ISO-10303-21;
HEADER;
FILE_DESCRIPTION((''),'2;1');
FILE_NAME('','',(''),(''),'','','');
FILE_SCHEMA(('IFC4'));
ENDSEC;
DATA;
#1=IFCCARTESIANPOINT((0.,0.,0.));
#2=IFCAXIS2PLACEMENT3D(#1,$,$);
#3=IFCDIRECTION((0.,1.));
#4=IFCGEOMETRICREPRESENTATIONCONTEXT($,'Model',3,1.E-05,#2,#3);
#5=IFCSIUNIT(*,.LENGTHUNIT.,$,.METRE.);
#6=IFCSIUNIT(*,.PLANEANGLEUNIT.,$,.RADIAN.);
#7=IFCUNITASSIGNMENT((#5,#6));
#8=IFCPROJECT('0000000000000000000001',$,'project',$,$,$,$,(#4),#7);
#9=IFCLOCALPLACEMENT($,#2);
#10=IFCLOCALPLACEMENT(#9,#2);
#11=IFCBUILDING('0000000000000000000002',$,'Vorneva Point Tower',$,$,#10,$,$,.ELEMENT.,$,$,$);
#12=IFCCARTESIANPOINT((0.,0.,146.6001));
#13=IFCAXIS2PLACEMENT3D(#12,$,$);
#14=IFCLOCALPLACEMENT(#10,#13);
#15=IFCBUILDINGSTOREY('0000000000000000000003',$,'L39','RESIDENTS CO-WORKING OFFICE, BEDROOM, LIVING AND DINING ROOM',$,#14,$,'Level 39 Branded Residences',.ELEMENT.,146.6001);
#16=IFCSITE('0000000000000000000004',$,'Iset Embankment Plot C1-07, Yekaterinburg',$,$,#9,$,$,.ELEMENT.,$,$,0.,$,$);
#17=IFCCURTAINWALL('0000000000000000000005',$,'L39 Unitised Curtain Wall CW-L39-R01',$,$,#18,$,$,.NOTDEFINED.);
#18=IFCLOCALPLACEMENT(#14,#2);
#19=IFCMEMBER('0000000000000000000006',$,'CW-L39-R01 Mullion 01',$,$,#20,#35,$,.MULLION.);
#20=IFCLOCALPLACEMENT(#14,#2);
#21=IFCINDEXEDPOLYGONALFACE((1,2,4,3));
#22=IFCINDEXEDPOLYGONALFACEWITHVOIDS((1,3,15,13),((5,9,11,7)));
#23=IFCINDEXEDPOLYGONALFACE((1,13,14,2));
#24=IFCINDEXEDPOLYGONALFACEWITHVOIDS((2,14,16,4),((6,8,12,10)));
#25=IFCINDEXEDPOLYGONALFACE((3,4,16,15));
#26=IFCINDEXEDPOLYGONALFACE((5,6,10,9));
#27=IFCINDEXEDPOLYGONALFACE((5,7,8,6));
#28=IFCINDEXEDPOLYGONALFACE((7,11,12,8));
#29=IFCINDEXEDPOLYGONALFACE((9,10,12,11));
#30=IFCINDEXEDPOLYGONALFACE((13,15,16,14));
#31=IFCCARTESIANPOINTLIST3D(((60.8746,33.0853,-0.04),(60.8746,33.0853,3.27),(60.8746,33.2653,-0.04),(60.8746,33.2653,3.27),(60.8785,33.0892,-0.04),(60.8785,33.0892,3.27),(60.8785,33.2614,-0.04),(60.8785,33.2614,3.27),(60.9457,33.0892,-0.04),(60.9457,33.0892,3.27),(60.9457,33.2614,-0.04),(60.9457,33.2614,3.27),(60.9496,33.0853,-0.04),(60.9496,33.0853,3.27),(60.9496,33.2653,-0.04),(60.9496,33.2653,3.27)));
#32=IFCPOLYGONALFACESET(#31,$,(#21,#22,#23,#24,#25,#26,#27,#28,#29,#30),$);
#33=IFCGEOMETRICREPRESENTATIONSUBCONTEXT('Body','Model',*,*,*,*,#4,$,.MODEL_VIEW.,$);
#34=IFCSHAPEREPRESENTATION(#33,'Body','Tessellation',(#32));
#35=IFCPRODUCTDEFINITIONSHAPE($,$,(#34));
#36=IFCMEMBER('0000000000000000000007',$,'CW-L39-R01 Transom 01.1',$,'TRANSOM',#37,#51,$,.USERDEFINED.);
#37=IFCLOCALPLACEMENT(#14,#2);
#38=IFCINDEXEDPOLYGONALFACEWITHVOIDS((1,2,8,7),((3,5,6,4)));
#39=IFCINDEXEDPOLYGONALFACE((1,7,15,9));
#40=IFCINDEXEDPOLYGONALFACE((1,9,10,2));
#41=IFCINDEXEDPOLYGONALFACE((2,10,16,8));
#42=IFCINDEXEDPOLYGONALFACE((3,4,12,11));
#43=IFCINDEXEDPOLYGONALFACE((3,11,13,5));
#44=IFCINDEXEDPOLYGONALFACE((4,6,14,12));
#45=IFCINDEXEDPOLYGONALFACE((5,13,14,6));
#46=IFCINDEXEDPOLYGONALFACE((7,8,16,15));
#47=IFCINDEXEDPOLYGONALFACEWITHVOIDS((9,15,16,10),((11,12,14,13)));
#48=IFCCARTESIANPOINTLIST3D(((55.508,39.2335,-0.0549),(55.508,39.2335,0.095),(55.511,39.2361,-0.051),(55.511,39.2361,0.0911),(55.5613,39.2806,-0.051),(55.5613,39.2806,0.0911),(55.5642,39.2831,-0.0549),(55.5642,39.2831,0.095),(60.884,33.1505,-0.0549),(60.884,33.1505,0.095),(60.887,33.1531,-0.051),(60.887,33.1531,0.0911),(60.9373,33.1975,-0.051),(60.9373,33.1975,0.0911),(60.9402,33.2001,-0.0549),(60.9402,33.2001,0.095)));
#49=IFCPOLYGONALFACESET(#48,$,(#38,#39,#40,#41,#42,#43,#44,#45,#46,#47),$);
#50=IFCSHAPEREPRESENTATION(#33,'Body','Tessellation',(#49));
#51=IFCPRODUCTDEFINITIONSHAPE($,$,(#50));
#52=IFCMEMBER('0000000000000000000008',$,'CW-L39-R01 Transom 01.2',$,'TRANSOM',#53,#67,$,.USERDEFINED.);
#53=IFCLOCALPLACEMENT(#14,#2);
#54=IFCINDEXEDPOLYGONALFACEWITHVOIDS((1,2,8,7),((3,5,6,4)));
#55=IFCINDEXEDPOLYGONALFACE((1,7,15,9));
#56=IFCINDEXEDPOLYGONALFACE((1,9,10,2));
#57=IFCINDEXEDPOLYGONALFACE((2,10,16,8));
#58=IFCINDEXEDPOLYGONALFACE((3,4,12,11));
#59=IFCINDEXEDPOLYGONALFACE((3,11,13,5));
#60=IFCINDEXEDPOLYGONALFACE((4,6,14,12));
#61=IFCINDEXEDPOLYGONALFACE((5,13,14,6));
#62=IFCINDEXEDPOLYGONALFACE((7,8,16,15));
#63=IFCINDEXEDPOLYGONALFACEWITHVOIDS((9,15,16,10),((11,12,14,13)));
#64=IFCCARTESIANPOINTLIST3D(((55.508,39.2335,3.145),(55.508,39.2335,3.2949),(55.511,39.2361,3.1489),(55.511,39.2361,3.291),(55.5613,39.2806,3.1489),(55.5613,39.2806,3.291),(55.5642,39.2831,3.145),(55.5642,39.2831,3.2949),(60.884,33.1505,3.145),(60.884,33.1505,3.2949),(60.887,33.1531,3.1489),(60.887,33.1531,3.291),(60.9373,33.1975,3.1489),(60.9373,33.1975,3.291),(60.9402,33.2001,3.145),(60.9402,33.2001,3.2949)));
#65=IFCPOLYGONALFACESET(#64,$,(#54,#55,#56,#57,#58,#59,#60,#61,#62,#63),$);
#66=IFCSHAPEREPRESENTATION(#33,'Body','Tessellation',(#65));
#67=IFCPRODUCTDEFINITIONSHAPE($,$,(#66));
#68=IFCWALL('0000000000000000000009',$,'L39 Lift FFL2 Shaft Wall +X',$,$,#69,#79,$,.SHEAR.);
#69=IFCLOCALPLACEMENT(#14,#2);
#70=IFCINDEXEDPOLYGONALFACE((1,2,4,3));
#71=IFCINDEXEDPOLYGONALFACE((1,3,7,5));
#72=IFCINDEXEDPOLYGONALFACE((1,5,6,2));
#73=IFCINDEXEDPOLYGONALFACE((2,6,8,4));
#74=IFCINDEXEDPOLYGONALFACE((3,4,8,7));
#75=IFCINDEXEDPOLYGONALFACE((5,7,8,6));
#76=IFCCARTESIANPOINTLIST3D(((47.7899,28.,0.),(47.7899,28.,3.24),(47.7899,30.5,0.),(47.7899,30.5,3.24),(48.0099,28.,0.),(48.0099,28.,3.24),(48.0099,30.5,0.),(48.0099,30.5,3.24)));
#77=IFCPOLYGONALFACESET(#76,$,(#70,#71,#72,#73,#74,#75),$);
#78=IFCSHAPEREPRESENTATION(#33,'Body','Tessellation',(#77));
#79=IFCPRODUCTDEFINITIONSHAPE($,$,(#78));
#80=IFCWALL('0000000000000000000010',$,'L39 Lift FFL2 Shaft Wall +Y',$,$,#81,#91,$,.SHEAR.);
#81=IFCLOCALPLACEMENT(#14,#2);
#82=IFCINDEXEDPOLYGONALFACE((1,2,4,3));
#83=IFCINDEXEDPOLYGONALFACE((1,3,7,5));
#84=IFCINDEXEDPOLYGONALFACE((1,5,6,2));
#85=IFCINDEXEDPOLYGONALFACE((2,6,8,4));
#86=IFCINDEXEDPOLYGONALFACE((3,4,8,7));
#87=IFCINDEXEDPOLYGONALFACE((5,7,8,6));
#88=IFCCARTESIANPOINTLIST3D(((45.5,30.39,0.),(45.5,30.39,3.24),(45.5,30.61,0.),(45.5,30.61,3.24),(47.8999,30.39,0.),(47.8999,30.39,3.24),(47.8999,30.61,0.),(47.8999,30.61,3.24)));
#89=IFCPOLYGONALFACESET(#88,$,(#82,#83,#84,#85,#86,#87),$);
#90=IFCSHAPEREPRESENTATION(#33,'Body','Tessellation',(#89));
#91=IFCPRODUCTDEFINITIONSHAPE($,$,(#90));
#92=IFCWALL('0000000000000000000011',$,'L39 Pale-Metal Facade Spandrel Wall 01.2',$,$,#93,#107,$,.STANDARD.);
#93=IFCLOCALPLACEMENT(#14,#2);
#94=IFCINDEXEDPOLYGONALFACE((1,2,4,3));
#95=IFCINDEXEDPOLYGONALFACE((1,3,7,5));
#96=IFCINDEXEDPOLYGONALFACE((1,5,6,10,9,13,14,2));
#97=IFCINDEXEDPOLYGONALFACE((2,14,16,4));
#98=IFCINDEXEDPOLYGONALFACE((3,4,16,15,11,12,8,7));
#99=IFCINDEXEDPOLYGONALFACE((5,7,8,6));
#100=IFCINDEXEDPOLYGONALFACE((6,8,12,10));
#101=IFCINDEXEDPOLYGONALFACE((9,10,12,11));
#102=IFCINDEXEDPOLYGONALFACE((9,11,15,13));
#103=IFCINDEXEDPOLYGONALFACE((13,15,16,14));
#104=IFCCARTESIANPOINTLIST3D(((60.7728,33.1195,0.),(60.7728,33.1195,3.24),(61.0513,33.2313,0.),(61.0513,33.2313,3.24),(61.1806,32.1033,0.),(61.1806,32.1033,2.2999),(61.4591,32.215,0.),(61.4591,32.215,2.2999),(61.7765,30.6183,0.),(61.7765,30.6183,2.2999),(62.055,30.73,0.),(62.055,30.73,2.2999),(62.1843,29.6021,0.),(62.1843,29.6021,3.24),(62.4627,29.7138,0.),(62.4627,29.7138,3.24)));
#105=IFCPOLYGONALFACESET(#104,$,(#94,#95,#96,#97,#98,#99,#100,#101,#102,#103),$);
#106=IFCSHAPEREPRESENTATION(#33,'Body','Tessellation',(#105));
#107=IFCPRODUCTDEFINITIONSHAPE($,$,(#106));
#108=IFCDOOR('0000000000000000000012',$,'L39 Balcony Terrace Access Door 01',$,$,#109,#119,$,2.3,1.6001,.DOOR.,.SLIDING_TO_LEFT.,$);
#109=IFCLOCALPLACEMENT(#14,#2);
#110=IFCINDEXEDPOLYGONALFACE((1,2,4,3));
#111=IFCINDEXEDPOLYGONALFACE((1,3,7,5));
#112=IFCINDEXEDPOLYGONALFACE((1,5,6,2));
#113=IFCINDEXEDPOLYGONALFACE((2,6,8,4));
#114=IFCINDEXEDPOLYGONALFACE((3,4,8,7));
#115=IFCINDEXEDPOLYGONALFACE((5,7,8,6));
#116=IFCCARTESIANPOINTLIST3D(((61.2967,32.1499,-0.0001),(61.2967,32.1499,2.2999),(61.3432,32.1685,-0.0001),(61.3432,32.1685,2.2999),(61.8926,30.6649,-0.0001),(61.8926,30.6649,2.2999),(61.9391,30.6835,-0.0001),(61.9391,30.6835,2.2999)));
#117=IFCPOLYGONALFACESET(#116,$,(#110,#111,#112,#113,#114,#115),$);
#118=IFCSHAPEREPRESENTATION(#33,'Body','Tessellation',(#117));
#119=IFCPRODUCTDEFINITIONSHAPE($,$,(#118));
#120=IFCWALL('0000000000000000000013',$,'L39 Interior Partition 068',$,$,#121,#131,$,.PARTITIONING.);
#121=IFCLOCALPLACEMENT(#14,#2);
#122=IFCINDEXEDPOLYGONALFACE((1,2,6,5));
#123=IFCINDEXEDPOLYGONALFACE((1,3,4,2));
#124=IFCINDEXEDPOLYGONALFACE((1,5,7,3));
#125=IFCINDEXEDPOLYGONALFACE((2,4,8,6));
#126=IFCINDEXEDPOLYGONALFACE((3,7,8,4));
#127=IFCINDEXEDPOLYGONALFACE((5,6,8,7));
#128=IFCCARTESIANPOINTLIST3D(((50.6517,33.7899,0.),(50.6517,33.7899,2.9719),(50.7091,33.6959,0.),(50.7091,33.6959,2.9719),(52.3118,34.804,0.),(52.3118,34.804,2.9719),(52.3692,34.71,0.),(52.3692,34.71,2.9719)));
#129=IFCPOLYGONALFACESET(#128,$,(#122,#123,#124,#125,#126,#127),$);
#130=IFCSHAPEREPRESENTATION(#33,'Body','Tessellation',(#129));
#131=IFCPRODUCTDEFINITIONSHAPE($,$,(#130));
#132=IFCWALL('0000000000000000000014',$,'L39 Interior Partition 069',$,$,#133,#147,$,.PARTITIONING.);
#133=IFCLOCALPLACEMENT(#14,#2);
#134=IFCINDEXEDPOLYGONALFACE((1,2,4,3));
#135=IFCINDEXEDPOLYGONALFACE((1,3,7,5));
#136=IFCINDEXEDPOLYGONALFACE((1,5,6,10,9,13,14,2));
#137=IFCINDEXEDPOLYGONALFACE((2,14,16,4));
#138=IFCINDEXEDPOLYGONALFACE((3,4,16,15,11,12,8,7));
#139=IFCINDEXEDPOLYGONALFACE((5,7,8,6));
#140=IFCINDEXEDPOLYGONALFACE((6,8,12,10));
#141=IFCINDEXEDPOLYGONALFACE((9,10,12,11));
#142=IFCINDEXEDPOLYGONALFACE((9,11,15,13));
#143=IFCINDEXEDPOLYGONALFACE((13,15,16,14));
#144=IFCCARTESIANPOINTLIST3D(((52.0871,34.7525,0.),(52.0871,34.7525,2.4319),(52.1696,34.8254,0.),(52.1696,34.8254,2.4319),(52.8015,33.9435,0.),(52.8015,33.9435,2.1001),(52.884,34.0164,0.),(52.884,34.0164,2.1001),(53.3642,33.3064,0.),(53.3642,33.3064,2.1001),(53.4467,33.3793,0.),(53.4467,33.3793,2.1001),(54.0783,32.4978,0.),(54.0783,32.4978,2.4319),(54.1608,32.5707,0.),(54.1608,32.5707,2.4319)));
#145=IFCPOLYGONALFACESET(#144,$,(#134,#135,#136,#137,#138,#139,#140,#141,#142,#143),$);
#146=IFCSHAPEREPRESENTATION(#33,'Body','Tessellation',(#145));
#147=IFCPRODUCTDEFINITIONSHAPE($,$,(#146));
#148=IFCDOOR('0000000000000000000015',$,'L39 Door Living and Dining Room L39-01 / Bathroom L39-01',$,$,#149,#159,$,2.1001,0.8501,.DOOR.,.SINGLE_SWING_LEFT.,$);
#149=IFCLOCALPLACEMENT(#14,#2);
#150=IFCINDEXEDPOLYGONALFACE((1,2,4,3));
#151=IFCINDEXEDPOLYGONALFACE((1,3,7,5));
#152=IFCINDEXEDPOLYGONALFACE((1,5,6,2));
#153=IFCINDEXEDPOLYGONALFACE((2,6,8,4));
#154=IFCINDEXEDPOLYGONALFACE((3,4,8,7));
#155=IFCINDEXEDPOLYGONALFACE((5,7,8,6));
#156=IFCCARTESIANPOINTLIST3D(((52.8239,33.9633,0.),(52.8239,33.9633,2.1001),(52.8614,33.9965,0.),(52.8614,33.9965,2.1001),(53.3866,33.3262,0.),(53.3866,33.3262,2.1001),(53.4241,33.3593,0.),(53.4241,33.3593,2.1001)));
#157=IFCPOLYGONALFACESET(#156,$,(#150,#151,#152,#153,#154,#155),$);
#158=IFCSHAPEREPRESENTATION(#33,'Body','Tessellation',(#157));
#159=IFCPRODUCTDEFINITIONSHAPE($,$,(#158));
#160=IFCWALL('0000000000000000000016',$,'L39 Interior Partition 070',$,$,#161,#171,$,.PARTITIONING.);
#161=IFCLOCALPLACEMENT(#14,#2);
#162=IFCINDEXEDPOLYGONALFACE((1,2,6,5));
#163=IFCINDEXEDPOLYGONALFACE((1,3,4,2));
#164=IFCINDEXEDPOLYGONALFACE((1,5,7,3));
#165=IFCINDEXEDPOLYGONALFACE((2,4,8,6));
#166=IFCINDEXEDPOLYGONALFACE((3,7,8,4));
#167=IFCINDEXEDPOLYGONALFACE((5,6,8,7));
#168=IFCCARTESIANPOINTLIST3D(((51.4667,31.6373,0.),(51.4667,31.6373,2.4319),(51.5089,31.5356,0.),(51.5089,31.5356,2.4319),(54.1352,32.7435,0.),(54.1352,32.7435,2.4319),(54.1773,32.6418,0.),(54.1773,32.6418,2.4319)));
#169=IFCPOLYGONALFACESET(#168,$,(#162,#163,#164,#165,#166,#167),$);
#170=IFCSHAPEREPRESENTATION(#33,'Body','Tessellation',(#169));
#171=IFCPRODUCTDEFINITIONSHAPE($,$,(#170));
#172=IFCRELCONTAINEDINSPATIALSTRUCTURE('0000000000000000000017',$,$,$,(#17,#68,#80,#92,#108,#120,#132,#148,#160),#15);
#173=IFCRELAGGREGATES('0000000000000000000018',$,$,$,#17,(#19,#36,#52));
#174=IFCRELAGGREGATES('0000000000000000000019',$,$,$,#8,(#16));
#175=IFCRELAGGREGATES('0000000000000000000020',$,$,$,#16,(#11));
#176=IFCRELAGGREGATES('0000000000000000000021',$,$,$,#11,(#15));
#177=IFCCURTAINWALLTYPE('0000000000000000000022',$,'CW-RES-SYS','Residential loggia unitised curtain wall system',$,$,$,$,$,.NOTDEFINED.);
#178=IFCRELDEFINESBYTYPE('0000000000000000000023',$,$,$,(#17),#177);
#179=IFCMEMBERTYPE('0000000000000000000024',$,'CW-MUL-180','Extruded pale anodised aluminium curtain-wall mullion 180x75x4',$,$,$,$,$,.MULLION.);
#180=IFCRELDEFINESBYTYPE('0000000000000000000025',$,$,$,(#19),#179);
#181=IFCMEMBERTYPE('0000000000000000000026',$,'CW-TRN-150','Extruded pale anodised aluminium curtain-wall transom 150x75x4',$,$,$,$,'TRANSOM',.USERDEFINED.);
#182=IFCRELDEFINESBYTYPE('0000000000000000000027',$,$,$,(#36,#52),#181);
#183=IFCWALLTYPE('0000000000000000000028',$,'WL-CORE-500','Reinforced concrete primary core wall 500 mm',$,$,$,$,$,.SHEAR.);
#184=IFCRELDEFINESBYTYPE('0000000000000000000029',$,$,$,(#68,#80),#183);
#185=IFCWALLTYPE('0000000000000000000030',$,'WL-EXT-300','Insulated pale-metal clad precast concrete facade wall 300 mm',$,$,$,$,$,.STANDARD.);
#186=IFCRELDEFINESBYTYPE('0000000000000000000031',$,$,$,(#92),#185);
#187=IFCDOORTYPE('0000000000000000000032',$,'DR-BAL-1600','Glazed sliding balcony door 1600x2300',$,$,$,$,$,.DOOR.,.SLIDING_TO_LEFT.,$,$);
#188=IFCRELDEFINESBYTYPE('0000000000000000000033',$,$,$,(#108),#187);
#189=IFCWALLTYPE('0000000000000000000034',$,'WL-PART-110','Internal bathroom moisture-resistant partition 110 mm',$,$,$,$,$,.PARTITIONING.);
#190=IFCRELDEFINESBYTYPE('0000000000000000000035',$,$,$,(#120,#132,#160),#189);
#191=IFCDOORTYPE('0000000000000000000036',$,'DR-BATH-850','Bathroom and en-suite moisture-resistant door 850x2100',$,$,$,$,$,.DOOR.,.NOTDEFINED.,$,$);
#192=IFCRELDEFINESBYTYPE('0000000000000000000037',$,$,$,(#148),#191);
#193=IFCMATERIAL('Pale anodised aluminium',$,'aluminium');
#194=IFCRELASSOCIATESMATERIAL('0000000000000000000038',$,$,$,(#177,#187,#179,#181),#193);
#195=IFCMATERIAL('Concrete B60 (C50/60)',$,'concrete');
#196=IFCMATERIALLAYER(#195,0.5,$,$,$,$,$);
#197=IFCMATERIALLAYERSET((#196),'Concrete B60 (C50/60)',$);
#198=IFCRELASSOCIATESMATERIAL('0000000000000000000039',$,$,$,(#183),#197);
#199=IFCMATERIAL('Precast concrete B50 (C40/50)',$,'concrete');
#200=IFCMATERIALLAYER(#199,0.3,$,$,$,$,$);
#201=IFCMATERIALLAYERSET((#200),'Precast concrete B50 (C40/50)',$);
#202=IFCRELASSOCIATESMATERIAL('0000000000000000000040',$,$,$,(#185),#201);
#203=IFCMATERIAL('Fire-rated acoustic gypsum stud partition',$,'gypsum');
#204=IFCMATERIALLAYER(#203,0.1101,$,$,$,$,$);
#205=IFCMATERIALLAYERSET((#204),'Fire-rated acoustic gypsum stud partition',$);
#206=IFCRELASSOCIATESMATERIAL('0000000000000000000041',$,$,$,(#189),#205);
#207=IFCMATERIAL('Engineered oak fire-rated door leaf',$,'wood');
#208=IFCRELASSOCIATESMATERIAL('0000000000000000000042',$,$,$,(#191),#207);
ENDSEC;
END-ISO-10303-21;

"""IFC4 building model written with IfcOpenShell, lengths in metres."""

from ifc_helpers import new_model, si_unit, direction, frame, frame_2d, origin, origin_2d, place, context, subcontext, project, spatial, rectangle, hollow_rectangle, extrude, material, layer, layer_set, material_profile, profile_set, type_object, element, fill, aggregate, save


model = new_model("IFC4")

# Units and contexts
model_context = context("Model", 3, precision=1e-05, world=origin(), true_north=direction((0.0, 1.0)))
body_context = subcontext(model_context, "Body", "Model", "MODEL_VIEW")
ifc_project = project(units=[si_unit("LENGTHUNIT", "METRE"), si_unit("PLANEANGLEUNIT", "RADIAN")], contexts=[model_context])

# Site, building, storey
site_placement = place(None, origin())
site = spatial("IfcSite", under=ifc_project, at=site_placement, Name="Iset Embankment Plot C1-07, Yekaterinburg", CompositionType="ELEMENT", RefElevation=0.0)
building_placement = place(site_placement, origin())
building = spatial("IfcBuilding", under=site, at=building_placement, Name="Vorneva Point Tower", CompositionType="ELEMENT")
storey_placement = place(building_placement, frame((0.0, 0.0, 146.6001)))
storey = spatial("IfcBuildingStorey", under=building, at=storey_placement, Name="L39", Description="RESIDENTS CO-WORKING OFFICE, BEDROOM, LIVING AND DINING ROOM", LongName="Level 39 Branded Residences", CompositionType="ELEMENT", Elevation=146.6001)

# Shared definitions
ifc_material_1 = material(Name="Concrete B60 (C50/60)", Category="concrete")

# Curtain wall, members
ifc_material_2 = material(Name="Pale anodised aluminium", Category="aluminium")
curtain_wall_type = type_object("IfcCurtainWallType", Name="CW-RES-SYS", Description="Residential loggia unitised curtain wall system", PredefinedType="NOTDEFINED", material=ifc_material_2)
curtain_wall_placement = place(storey_placement, origin())
curtain_wall = element("IfcCurtainWall", 1, at=curtain_wall_placement, inside=storey, type_object=curtain_wall_type, Name="L39 Unitised Curtain Wall CW-L39-R01", PredefinedType="NOTDEFINED")
ifc_material_profile_1 = material_profile(ifc_material_2, hollow_rectangle(XDim=0.075, YDim=0.1799, WallThickness=0.0039, at=origin_2d()), Name="AL-MUL 180x75x4")
ifc_profile_set_1 = profile_set([ifc_material_profile_1], Name="Pale anodised aluminium")
member_type_1 = type_object("IfcMemberType", Name="CW-MUL-180", Description="Extruded pale anodised aluminium curtain-wall mullion 180x75x4", PredefinedType="MULLION", material=ifc_profile_set_1)
member_1_placement = place(storey_placement, frame((60.9121, 33.1753, -0.04), z_axis=(0.0, 0.0, 1.0), x_axis=(1.0, 0.0, 0.0)))
member_1 = element("IfcMember", 2, at=member_1_placement, type_object=member_type_1, Name="CW-L39-R01 Mullion 01", PredefinedType="MULLION", context=body_context, shape_type="SweptSolid", body=[
    extrude(hollow_rectangle(XDim=0.075, YDim=0.1799, WallThickness=0.0039, at=origin_2d()), origin(), (0.0, 0.0, 1.0), 3.3101),
])
ifc_material_profile_2 = material_profile(ifc_material_2, hollow_rectangle(XDim=0.075, YDim=0.1499, WallThickness=0.0039, at=origin_2d()), Name="AL-TRN 150x75x4")
ifc_profile_set_2 = profile_set([ifc_material_profile_2], Name="Pale anodised aluminium")
member_type_2 = type_object("IfcMemberType", Name="CW-TRN-150", Description="Extruded pale anodised aluminium curtain-wall transom 150x75x4", ElementType="TRANSOM", PredefinedType="USERDEFINED", material=ifc_profile_set_2)
member_2_placement = place(storey_placement, frame((60.9121, 33.1753, 0.02), z_axis=(-0.662218, 0.749311, 0.0), x_axis=(-0.749311, -0.662218, 0.0)))
member_2 = element("IfcMember", 3, at=member_2_placement, type_object=member_type_2, Name="CW-L39-R01 Transom 01.1", ObjectType="TRANSOM", PredefinedType="USERDEFINED", context=body_context, shape_type="SweptSolid", body=[
    extrude(hollow_rectangle(XDim=0.075, YDim=0.1499, WallThickness=0.0039, at=origin_2d()), origin(), (0.0, 0.0, 1.0), 8.1182),
])
member_3_placement = place(storey_placement, frame((60.9121, 33.1753, 3.22), z_axis=(-0.662218, 0.749311, 0.0), x_axis=(-0.749311, -0.662218, 0.0)))
member_3 = element("IfcMember", 4, at=member_3_placement, type_object=member_type_2, Name="CW-L39-R01 Transom 01.2", ObjectType="TRANSOM", PredefinedType="USERDEFINED", context=body_context, shape_type="SweptSolid", body=[
    extrude(hollow_rectangle(XDim=0.075, YDim=0.1499, WallThickness=0.0039, at=origin_2d()), origin(), (0.0, 0.0, 1.0), 8.1182),
])
aggregate(curtain_wall, [member_1, member_2, member_3])

# Walls
ifc_layer_1 = layer(ifc_material_1, 0.5)
ifc_layer_set_1 = layer_set([ifc_layer_1], Name="Concrete B60 (C50/60)")
wall_type_1 = type_object("IfcWallType", Name="WL-CORE-500", Description="Reinforced concrete primary core wall 500 mm", PredefinedType="SHEAR", material=ifc_layer_set_1)
wall_1_placement = place(storey_placement, frame((47.8999, 28.0, 0.0), z_axis=(0.0, 0.0, 1.0), x_axis=(0.0, 1.0, 0.0)))
element("IfcWall", 5, at=wall_1_placement, inside=storey, type_object=wall_type_1, Name="L39 Lift FFL2 Shaft Wall +X", PredefinedType="SHEAR", context=body_context, shape_type="SweptSolid", body=[
    extrude(rectangle(XDim=2.5, YDim=0.22, at=frame_2d((1.25, 0.0))), origin(), (0.0, 0.0, 1.0), 3.24),
])
wall_2_placement = place(storey_placement, frame((47.8999, 30.5, 0.0), z_axis=(0.0, 0.0, 1.0), x_axis=(-1.0, 0.0, 0.0)))
element("IfcWall", 6, at=wall_2_placement, inside=storey, type_object=wall_type_1, Name="L39 Lift FFL2 Shaft Wall +Y", PredefinedType="SHEAR", context=body_context, shape_type="SweptSolid", body=[
    extrude(rectangle(XDim=2.3999, YDim=0.22, at=frame_2d((1.2, 0.0))), origin(), (0.0, 0.0, 1.0), 3.24),
])

# Wall, opening, door
ifc_material_3 = material(Name="Precast concrete B50 (C40/50)", Category="concrete")
ifc_layer_2 = layer(ifc_material_3, 0.3)
ifc_layer_set_2 = layer_set([ifc_layer_2], Name="Precast concrete B50 (C40/50)")
wall_type_2 = type_object("IfcWallType", Name="WL-EXT-300", Description="Insulated pale-metal clad precast concrete facade wall 300 mm", PredefinedType="STANDARD", material=ifc_layer_set_2)
wall_3_placement = place(storey_placement, frame((62.3235, 29.658, 0.0), z_axis=(0.0, 0.0, 1.0), x_axis=(-0.372401, 0.928072, 0.0)))
wall_3 = element("IfcWall", 7, at=wall_3_placement, inside=storey, type_object=wall_type_2, Name="L39 Pale-Metal Facade Spandrel Wall 01.2", PredefinedType="STANDARD", context=body_context, shape_type="SweptSolid", body=[
    extrude(rectangle(XDim=3.79, YDim=0.3, at=frame_2d((1.895, 0.0))), origin(), (0.0, 0.0, 1.0), 3.24),
])
opening_1_placement = place(wall_3_placement, frame((1.095, 0.0, 0.0)))
opening_1 = element("IfcOpeningElement", 8, at=opening_1_placement, cuts=wall_3, PredefinedType="OPENING", context=body_context, shape_type="SweptSolid", body=[
    extrude(rectangle(XDim=1.6001, YDim=2.3, at=frame_2d((0.8, 1.1499))), frame((0.0, 0.165, 0.0), z_axis=(0.0, -1.0, 0.0), x_axis=(1.0, 0.0, 0.0)), (0.0, 0.0, 1.0), 0.3298),
])
door_type_1 = type_object("IfcDoorType", Name="DR-BAL-1600", Description="Glazed sliding balcony door 1600x2300", OperationType="SLIDING_TO_LEFT", PredefinedType="DOOR", material=ifc_material_2)
door_1_placement = place(opening_1_placement, origin())
door_1 = element("IfcDoor", 9, at=door_1_placement, inside=storey, type_object=door_type_1, Name="L39 Balcony Terrace Access Door 01", OperationType="SLIDING_TO_LEFT", OverallHeight=2.3, OverallWidth=1.6001, PredefinedType="DOOR", context=body_context, shape_type="SweptSolid", body=[
    extrude(rectangle(XDim=1.6001, YDim=2.3, at=frame_2d((0.8, 1.1499))), frame((0.0, 0.0249, 0.0), z_axis=(0.0, -1.0, 0.0), x_axis=(1.0, 0.0, 0.0)), (0.0, 0.0, 1.0), 0.05),
])
fill(opening_1, door_1)

# Wall
ifc_material_4 = material(Name="Fire-rated acoustic gypsum stud partition", Category="gypsum")
ifc_layer_3 = layer(ifc_material_4, 0.1101)
ifc_layer_set_3 = layer_set([ifc_layer_3], Name="Fire-rated acoustic gypsum stud partition")
wall_type_3 = type_object("IfcWallType", Name="WL-PART-110", Description="Internal bathroom moisture-resistant partition 110 mm", PredefinedType="PARTITIONING", material=ifc_layer_set_3)
wall_4_placement = place(storey_placement, frame((50.6804, 33.7429, 0.0), z_axis=(0.0, 0.0, 1.0), x_axis=(0.853369, 0.521308, 0.0)))
element("IfcWall", 10, at=wall_4_placement, inside=storey, type_object=wall_type_3, Name="L39 Interior Partition 068", PredefinedType="PARTITIONING", context=body_context, shape_type="SweptSolid", body=[
    extrude(rectangle(XDim=1.9453, YDim=0.1101, at=frame_2d((0.9727, 0.0))), origin(), (0.0, 0.0, 1.0), 2.9719),
])

# Wall, opening, door
wall_5_placement = place(storey_placement, frame((52.1284, 34.7888, 0.0), z_axis=(0.0, 0.0, 1.0), x_axis=(0.661962, -0.749537, 0.0)))
wall_5 = element("IfcWall", 11, at=wall_5_placement, inside=storey, type_object=wall_type_3, Name="L39 Interior Partition 069", PredefinedType="PARTITIONING", context=body_context, shape_type="SweptSolid", body=[
    extrude(rectangle(XDim=3.0081, YDim=0.1101, at=frame_2d((1.5039, 0.0))), origin(), (0.0, 0.0, 1.0), 2.4319),
])
opening_2_placement = place(wall_5_placement, frame((1.0791, 0.0, 0.0)))
opening_2 = element("IfcOpeningElement", 12, at=opening_2_placement, cuts=wall_5, PredefinedType="OPENING", context=body_context, shape_type="SweptSolid", body=[
    extrude(rectangle(XDim=0.8501, YDim=2.1001, at=frame_2d((0.425, 1.05))), frame((0.0, 0.0698, 0.0), z_axis=(0.0, -1.0, 0.0), x_axis=(1.0, 0.0, 0.0)), (0.0, 0.0, 1.0), 0.1399),
])
ifc_material_5 = material(Name="Engineered oak fire-rated door leaf", Category="wood")
door_type_2 = type_object("IfcDoorType", Name="DR-BATH-850", Description="Bathroom and en-suite moisture-resistant door 850x2100", OperationType="NOTDEFINED", PredefinedType="DOOR", material=ifc_material_5)
door_2_placement = place(opening_2_placement, origin())
door_2 = element("IfcDoor", 13, at=door_2_placement, inside=storey, type_object=door_type_2, Name="L39 Door Living and Dining Room L39-01 / Bathroom L39-01", OperationType="SINGLE_SWING_LEFT", OverallHeight=2.1001, OverallWidth=0.8501, PredefinedType="DOOR", context=body_context, shape_type="SweptSolid", body=[
    extrude(rectangle(XDim=0.8501, YDim=2.1001, at=frame_2d((0.425, 1.05))), frame((0.0, 0.0249, 0.0), z_axis=(0.0, -1.0, 0.0), x_axis=(1.0, 0.0, 0.0)), (0.0, 0.0, 1.0), 0.05),
])
fill(opening_2, door_2)

# Wall
wall_6_placement = place(storey_placement, frame((54.1562, 32.6926, 0.0), z_axis=(0.0, 0.0, 1.0), x_axis=(-0.923771, -0.382946, 0.0)))
element("IfcWall", 14, at=wall_6_placement, inside=storey, type_object=wall_type_3, Name="L39 Interior Partition 070", PredefinedType="PARTITIONING", context=body_context, shape_type="SweptSolid", body=[
    extrude(rectangle(XDim=2.8887, YDim=0.1101, at=frame_2d((1.4443, 0.0))), origin(), (0.0, 0.0, 1.0), 2.4319),
])

save(model, "model.ifc")
